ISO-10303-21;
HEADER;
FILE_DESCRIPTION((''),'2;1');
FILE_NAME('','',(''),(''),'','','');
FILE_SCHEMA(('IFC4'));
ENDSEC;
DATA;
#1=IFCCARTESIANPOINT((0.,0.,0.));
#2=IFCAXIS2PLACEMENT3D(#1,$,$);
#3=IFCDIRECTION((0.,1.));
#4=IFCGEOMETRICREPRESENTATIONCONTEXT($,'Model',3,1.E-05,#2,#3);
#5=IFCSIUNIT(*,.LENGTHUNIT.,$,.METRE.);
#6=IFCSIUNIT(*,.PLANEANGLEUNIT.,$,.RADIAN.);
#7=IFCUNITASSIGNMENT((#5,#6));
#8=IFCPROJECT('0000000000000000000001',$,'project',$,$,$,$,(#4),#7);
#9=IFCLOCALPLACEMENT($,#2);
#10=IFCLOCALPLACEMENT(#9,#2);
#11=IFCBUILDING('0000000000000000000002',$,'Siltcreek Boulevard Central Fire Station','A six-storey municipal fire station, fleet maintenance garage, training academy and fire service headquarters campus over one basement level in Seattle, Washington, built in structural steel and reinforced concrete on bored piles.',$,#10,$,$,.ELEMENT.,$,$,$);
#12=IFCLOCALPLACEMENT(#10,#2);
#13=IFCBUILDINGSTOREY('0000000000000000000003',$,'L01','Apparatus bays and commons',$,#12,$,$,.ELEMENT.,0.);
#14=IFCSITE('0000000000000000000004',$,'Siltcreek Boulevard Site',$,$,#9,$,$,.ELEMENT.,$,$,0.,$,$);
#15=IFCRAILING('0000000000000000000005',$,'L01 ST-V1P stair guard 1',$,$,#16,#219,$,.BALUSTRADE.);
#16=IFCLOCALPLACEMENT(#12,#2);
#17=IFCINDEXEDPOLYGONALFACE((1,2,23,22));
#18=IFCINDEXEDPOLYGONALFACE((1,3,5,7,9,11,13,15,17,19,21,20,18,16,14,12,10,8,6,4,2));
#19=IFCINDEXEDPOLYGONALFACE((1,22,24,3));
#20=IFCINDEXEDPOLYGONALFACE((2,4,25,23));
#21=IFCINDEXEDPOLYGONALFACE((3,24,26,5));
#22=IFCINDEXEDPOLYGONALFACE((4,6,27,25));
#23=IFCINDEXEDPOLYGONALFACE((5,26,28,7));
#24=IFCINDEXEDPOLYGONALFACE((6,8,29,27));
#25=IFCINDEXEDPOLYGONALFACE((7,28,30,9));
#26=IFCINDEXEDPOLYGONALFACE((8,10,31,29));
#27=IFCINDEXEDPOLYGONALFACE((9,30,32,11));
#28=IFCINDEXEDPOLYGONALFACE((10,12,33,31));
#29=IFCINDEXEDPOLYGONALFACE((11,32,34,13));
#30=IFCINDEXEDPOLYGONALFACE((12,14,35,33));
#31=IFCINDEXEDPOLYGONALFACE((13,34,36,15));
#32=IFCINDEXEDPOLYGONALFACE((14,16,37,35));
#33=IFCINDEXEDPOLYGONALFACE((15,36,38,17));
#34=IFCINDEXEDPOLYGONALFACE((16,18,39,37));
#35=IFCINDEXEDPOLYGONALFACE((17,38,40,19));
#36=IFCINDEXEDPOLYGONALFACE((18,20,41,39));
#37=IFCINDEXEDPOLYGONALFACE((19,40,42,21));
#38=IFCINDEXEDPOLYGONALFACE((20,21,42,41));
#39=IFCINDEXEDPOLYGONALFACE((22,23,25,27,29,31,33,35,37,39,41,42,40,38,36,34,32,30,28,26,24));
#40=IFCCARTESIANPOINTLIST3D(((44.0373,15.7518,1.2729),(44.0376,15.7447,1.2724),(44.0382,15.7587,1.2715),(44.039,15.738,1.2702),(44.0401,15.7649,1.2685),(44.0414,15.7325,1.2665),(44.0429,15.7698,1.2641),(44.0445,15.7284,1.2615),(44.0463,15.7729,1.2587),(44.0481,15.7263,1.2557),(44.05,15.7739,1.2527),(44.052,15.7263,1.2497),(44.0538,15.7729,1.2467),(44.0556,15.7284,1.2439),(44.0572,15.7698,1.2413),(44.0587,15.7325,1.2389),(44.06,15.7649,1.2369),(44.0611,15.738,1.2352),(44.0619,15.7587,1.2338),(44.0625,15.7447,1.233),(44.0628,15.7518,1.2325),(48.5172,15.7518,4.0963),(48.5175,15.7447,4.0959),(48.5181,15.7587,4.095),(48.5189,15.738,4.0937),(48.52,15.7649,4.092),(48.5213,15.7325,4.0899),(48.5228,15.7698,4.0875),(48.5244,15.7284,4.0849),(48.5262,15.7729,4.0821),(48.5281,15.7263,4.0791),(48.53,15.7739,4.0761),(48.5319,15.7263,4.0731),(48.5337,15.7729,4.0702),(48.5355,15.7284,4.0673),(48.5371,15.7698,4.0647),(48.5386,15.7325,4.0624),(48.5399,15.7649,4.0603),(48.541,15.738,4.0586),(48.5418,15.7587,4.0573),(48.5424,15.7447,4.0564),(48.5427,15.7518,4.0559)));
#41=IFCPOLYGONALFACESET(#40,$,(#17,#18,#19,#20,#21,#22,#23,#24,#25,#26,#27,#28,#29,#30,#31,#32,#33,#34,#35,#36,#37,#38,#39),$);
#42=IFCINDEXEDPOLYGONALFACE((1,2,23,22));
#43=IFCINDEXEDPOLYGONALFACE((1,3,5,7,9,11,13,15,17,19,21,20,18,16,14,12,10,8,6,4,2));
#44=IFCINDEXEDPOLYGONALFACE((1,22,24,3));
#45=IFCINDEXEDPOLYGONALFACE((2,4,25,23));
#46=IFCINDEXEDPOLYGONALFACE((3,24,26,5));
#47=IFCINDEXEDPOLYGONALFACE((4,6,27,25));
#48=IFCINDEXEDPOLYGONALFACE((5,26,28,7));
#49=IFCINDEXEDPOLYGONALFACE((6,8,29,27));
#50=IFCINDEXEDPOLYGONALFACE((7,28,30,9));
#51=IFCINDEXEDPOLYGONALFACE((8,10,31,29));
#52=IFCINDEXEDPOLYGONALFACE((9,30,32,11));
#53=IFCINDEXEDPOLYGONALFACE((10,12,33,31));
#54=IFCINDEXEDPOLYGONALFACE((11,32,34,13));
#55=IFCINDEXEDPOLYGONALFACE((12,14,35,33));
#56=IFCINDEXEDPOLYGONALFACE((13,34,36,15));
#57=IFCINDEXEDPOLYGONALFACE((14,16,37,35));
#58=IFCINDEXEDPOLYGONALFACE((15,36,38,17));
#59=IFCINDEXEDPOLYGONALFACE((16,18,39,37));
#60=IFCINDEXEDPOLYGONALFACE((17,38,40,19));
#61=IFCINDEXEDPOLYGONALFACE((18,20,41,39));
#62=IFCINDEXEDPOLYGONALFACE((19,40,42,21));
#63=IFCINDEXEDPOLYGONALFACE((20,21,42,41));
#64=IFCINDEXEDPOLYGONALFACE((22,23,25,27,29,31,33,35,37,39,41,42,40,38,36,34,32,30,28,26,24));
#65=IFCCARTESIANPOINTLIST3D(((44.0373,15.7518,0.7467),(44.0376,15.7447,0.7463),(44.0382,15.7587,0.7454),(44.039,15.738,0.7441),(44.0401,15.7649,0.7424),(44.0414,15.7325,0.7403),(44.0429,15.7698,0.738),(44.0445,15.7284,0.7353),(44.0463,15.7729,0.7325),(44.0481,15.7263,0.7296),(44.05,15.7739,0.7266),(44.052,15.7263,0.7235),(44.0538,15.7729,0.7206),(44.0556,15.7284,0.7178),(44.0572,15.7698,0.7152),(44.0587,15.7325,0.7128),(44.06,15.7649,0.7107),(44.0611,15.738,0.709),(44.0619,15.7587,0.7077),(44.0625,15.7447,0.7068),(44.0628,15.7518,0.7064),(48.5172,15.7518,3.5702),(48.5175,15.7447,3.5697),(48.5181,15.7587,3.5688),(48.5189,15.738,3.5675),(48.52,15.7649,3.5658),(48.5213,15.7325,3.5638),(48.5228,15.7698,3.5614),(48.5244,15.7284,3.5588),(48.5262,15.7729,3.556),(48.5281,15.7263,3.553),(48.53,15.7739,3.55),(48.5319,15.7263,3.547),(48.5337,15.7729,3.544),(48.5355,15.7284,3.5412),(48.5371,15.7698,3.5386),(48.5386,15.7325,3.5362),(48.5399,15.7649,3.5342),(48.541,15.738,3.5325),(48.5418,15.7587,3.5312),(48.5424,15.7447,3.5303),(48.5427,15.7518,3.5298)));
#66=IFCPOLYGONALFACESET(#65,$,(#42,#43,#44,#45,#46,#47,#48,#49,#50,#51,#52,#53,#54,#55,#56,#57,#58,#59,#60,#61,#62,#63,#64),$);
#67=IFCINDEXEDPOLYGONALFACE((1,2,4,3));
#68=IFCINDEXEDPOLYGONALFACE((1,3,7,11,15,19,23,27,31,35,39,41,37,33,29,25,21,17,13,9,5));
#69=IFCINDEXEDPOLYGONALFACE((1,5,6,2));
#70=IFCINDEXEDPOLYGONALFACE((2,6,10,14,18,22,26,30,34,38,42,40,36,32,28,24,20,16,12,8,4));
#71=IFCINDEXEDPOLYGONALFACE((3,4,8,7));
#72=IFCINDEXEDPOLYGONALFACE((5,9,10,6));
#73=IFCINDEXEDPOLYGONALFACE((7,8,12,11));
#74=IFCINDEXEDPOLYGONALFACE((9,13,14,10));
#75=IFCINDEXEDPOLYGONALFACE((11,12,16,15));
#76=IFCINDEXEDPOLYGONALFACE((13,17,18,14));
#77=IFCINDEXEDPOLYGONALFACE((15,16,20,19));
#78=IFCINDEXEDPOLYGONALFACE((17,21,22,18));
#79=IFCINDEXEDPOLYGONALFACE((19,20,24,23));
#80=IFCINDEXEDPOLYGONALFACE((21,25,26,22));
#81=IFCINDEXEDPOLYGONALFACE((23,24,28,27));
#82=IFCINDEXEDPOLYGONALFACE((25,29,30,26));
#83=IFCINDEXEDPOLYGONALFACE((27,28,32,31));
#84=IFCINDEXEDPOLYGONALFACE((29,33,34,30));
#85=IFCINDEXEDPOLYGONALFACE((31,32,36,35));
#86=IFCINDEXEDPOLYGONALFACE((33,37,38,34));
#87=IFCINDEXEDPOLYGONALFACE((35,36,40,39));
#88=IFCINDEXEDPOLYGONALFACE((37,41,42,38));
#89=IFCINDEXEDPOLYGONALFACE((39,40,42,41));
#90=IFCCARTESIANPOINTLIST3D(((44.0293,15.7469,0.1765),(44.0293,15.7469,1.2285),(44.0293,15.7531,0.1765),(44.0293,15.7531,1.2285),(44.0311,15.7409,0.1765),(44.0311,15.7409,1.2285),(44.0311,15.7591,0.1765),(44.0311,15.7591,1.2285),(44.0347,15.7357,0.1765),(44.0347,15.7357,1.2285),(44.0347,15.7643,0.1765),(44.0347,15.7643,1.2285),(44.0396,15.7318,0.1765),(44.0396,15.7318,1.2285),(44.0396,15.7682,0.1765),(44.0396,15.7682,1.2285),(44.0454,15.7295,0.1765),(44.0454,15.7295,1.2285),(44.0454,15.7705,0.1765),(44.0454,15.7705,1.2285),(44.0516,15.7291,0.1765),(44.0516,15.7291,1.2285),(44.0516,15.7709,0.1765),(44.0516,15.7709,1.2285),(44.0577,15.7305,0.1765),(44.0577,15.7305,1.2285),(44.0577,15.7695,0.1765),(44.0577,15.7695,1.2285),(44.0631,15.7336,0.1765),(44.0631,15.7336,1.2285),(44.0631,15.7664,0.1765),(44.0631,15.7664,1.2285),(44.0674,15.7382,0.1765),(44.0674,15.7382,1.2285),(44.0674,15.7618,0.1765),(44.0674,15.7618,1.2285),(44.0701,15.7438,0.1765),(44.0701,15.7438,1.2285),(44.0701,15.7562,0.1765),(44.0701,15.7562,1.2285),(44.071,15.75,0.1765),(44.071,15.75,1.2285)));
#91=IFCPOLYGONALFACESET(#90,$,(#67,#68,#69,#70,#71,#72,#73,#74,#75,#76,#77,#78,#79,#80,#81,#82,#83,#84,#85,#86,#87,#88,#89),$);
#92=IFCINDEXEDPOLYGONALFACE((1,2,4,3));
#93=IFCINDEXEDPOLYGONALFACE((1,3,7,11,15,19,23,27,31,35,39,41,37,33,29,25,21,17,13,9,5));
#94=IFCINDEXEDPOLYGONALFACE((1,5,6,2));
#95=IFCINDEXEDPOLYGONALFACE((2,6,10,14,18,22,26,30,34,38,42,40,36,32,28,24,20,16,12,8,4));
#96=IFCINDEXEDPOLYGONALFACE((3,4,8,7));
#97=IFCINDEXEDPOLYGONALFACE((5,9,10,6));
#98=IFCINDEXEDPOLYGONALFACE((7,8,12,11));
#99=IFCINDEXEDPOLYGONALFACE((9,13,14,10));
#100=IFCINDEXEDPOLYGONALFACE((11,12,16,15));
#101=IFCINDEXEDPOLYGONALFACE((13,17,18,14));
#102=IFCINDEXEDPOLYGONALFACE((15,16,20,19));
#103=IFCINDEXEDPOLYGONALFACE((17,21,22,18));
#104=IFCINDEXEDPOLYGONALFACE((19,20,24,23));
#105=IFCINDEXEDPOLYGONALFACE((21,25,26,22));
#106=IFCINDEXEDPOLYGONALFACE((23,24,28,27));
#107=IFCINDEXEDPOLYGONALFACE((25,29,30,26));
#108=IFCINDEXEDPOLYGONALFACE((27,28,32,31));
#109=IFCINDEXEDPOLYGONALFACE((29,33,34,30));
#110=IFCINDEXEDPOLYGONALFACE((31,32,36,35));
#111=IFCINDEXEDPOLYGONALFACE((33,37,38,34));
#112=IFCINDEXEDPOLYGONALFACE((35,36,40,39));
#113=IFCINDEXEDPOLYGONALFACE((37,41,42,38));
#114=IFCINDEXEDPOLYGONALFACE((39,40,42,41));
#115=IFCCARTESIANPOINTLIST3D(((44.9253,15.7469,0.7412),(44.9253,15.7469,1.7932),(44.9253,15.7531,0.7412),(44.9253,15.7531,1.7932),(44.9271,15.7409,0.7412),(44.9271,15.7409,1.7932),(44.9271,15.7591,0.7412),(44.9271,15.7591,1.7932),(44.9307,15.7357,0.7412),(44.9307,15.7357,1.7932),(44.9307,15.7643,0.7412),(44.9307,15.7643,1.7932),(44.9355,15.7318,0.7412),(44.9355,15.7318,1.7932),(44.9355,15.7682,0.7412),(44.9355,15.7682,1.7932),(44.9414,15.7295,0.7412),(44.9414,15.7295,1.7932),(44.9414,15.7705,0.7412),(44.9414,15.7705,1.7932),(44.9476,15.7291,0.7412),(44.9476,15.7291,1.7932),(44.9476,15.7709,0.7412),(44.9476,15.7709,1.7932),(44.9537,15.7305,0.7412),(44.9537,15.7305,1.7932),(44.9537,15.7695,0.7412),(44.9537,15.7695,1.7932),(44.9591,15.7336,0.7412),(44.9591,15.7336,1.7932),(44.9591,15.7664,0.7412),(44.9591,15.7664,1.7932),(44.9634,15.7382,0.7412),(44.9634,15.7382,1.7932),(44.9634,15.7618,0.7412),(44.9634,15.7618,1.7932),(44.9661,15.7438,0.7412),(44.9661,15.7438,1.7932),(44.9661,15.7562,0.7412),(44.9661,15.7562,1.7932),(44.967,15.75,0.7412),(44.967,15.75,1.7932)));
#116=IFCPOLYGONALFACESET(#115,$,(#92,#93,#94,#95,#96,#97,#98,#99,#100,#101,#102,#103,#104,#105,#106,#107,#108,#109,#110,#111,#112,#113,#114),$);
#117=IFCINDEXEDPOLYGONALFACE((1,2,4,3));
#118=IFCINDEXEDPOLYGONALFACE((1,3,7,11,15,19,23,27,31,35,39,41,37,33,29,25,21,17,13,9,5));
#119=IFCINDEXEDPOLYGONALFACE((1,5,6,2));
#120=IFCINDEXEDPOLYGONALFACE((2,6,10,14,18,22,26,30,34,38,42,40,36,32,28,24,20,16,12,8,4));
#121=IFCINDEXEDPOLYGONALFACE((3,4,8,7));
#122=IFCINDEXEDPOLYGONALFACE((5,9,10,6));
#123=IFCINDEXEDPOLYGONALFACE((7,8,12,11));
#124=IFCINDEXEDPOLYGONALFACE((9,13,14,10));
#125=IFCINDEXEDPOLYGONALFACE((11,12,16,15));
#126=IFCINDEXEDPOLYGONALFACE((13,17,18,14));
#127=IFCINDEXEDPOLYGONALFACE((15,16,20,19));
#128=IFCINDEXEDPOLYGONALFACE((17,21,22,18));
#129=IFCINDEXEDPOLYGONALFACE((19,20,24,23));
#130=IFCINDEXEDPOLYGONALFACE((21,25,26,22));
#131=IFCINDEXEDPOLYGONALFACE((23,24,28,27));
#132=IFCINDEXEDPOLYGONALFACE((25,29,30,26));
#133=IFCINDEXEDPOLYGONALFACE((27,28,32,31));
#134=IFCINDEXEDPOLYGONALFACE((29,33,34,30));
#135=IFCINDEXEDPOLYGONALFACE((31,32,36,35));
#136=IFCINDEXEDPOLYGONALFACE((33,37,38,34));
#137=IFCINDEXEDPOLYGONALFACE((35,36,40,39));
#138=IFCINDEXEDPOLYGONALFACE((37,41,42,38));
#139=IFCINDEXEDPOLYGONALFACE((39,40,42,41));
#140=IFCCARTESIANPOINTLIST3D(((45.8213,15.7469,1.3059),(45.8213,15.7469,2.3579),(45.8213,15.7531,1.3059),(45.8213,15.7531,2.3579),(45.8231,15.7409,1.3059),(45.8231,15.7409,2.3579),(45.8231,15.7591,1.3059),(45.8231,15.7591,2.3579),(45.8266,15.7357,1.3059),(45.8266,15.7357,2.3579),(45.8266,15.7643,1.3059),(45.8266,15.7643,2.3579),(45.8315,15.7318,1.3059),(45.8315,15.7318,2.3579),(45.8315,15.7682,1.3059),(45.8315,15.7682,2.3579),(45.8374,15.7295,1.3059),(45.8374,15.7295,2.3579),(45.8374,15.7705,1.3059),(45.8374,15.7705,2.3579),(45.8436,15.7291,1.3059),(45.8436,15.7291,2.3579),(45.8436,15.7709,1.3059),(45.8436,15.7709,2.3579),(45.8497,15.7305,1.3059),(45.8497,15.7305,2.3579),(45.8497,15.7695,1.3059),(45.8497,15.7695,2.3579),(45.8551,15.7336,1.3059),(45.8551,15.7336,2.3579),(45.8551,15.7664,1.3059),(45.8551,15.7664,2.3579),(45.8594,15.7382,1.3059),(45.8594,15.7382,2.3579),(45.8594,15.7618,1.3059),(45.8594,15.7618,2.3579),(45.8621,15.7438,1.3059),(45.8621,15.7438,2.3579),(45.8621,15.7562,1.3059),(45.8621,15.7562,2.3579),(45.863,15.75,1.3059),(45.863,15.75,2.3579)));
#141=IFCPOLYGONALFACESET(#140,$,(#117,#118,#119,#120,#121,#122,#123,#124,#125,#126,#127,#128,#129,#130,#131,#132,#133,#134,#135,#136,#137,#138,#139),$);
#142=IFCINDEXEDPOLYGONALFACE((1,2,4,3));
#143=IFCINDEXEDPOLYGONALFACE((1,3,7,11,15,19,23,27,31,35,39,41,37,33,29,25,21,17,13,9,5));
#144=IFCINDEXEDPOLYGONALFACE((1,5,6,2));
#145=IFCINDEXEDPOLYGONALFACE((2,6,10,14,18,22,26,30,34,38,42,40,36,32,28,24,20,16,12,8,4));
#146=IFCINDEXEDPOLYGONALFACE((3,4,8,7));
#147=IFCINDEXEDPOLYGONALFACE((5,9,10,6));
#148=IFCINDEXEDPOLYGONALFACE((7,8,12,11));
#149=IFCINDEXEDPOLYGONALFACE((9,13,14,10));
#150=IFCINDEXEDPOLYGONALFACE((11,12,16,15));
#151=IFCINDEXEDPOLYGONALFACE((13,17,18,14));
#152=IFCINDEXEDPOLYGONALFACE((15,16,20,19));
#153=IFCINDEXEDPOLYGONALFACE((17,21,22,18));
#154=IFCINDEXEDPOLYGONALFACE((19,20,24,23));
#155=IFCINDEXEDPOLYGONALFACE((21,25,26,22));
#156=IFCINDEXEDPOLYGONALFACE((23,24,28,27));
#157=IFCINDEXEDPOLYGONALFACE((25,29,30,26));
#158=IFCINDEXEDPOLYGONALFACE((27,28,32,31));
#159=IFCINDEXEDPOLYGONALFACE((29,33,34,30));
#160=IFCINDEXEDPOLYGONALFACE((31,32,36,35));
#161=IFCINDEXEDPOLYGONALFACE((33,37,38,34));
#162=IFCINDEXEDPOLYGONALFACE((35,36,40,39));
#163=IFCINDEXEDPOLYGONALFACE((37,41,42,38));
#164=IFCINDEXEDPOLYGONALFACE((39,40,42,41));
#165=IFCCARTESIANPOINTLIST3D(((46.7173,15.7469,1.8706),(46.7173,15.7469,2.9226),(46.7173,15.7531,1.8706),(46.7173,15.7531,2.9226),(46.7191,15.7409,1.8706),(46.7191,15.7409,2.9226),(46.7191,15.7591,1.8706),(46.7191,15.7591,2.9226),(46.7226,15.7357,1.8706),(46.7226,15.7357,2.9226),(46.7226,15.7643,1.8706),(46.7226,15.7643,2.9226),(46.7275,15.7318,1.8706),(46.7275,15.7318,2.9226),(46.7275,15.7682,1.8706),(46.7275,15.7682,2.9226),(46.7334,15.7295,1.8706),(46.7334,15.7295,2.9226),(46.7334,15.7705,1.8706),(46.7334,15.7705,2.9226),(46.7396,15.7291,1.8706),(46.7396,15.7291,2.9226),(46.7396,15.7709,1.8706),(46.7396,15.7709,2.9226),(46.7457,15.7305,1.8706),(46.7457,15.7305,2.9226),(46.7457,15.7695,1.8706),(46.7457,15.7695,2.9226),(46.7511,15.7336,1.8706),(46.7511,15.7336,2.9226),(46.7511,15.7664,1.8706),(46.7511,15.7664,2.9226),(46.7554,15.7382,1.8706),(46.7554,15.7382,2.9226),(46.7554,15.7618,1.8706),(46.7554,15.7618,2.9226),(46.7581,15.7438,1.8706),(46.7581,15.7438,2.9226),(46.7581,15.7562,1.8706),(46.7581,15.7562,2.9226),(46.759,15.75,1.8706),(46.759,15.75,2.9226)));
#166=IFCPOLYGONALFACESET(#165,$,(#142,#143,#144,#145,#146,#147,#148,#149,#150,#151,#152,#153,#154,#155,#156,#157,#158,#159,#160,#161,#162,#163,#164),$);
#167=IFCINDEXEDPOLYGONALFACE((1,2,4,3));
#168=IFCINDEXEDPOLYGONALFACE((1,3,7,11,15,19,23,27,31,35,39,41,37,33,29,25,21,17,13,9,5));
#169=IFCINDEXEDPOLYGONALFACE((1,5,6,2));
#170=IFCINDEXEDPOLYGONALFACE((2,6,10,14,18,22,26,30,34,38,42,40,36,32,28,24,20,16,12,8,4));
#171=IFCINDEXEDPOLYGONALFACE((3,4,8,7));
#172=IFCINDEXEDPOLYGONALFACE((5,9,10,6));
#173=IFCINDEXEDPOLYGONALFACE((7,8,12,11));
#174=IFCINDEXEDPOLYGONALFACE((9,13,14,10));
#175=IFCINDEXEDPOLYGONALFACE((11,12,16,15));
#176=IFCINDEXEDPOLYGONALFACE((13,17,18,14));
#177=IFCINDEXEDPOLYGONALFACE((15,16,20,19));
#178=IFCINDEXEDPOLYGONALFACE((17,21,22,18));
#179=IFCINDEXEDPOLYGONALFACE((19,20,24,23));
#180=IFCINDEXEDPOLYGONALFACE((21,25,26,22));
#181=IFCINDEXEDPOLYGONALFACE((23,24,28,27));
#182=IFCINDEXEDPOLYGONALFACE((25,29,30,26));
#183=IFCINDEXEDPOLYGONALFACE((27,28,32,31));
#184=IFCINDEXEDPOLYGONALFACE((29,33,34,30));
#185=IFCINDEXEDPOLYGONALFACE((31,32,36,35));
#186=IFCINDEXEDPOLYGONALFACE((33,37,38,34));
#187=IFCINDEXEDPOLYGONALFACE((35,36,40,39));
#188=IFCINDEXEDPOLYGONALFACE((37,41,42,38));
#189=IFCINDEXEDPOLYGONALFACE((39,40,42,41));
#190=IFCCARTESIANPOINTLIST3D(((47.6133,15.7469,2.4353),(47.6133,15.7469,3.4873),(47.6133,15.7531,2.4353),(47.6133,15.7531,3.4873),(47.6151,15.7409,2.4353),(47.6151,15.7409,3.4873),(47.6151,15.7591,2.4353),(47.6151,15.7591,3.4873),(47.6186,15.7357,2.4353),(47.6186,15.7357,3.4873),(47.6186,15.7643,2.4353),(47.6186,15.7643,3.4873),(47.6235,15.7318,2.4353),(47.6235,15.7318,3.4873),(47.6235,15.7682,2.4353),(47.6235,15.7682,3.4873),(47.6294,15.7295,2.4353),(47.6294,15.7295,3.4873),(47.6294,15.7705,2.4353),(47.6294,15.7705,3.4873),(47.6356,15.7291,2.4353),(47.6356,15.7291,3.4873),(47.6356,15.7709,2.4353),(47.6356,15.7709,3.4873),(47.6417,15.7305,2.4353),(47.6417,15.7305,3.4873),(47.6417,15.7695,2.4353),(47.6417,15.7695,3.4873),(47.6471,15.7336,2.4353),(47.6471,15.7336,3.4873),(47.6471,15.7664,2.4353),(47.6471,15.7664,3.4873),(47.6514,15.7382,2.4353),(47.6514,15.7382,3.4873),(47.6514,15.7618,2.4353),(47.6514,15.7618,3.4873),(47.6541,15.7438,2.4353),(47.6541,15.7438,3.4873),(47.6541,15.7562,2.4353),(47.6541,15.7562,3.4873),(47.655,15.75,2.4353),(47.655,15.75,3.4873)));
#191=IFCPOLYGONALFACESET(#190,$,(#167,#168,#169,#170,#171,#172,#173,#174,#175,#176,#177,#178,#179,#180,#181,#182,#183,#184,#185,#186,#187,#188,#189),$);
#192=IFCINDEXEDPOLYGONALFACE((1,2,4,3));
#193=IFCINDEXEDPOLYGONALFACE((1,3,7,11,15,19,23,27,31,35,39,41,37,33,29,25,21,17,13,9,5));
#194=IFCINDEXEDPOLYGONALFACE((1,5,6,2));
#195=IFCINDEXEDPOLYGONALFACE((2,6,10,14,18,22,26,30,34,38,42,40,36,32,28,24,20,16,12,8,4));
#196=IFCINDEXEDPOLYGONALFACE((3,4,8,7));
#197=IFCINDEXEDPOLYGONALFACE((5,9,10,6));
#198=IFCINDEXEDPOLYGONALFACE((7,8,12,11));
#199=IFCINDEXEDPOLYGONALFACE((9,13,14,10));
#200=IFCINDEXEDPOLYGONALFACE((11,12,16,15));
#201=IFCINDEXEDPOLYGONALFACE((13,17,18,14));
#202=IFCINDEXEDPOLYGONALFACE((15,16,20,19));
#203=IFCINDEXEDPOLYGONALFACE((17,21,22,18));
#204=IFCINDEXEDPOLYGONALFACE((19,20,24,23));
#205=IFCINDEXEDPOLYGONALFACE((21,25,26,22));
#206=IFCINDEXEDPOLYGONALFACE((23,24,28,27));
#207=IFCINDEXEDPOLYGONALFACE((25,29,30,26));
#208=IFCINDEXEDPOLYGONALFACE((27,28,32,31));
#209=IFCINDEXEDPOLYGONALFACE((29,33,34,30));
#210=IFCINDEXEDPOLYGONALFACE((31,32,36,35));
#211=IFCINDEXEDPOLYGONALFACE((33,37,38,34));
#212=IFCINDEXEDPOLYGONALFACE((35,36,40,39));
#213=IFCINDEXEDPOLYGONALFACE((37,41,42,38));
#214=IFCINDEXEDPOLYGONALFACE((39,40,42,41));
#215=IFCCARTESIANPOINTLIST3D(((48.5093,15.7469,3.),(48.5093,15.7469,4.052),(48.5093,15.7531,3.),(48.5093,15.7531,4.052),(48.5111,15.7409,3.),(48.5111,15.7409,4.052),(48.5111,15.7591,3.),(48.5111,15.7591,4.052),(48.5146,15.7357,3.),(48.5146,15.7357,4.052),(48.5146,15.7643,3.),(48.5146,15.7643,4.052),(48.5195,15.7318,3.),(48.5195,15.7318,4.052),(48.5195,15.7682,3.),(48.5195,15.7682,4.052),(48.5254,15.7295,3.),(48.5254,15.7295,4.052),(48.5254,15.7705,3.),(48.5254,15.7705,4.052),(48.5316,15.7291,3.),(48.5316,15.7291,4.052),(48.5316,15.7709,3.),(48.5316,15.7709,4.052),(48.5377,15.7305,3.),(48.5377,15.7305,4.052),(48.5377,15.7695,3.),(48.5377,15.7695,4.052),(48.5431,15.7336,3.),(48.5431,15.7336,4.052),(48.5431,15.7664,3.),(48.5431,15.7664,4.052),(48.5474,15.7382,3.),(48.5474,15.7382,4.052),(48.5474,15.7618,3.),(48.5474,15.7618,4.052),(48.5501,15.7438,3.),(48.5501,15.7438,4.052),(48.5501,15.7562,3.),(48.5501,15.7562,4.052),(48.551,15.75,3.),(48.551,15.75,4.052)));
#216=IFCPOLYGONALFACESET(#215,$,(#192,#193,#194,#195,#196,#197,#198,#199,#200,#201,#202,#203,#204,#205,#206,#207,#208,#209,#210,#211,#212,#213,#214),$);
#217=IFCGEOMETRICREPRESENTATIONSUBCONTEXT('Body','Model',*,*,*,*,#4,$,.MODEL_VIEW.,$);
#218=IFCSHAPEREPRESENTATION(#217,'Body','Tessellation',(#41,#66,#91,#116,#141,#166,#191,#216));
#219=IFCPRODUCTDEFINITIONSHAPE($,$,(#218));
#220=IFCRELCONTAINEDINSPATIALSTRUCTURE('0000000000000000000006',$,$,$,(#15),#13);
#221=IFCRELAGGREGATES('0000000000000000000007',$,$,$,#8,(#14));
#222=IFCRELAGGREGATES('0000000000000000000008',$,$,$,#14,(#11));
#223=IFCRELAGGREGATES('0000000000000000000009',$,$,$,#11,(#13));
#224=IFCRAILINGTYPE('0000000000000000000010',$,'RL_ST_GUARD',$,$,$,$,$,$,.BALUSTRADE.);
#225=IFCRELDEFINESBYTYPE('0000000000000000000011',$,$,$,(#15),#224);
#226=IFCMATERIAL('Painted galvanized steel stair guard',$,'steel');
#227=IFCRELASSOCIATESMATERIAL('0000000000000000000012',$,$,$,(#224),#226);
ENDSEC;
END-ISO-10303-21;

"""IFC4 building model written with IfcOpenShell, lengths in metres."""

from ifc_helpers import new_model, si_unit, direction, frame, origin, origin_2d, place, context, subcontext, project, spatial, circle, extrude, material, type_object, element, save


model = new_model("IFC4")

# Units and contexts
model_context = context("Model", 3, precision=1e-05, world=origin(), true_north=direction((0.0, 1.0)))
body_context = subcontext(model_context, "Body", "Model", "MODEL_VIEW")
ifc_project = project(units=[si_unit("LENGTHUNIT", "METRE"), si_unit("PLANEANGLEUNIT", "RADIAN")], contexts=[model_context])

# Site, building, storey
site_placement = place(None, origin())
site = spatial("IfcSite", under=ifc_project, at=site_placement, Name="Siltcreek Boulevard Site", CompositionType="ELEMENT", RefElevation=0.0)
building_placement = place(site_placement, origin())
building = spatial("IfcBuilding", under=site, at=building_placement, Name="Siltcreek Boulevard Central Fire Station", Description="A six-storey municipal fire station, fleet maintenance garage, training academy and fire service headquarters campus over one basement level in Seattle, Washington, built in structural steel and reinforced concrete on bored piles.", CompositionType="ELEMENT")
storey_placement = place(building_placement, origin())
storey = spatial("IfcBuildingStorey", under=building, at=storey_placement, Name="L01", Description="Apparatus bays and commons", CompositionType="ELEMENT", Elevation=0.0)

# Railing
ifc_material_1 = material(Name="Painted galvanized steel stair guard", Category="steel")
railing_type_1 = type_object("IfcRailingType", Name="RL_ST_GUARD", PredefinedType="BALUSTRADE", material=ifc_material_1)
railing_1_placement = place(storey_placement, frame((44.05, 15.75, 0.1765)))
element("IfcRailing", 1, at=railing_1_placement, inside=storey, type_object=railing_type_1, Name="L01 ST-V1P stair guard 1", PredefinedType="BALUSTRADE", context=body_context, shape_type="SweptSolid", body=[
    extrude(circle(Radius=0.0239, at=origin_2d()), frame((0.0, 0.0, 1.0762), z_axis=(0.845998, 0.0, 0.533186), x_axis=(0.0, 1.0, 0.0)), (0.0, 0.0, 1.0), 5.2954),
    extrude(circle(Radius=0.0239, at=origin_2d()), frame((0.0, 0.0, 0.55), z_axis=(0.845998, 0.0, 0.533186), x_axis=(0.0, 1.0, 0.0)), (0.0, 0.0, 1.0), 5.2954),
    extrude(circle(Radius=0.021, at=origin_2d()), origin(), (0.0, 0.0, 1.0), 1.052),
    extrude(circle(Radius=0.021, at=origin_2d()), frame((0.896, 0.0, 0.5647)), (0.0, 0.0, 1.0), 1.052),
    extrude(circle(Radius=0.021, at=origin_2d()), frame((1.792, 0.0, 1.1294)), (0.0, 0.0, 1.0), 1.052),
    extrude(circle(Radius=0.021, at=origin_2d()), frame((2.688, 0.0, 1.6941)), (0.0, 0.0, 1.0), 1.052),
    extrude(circle(Radius=0.021, at=origin_2d()), frame((3.584, 0.0, 2.2588)), (0.0, 0.0, 1.0), 1.052),
    extrude(circle(Radius=0.021, at=origin_2d()), frame((4.48, 0.0, 2.8235)), (0.0, 0.0, 1.0), 1.052),
])

save(model, "model.ifc")
